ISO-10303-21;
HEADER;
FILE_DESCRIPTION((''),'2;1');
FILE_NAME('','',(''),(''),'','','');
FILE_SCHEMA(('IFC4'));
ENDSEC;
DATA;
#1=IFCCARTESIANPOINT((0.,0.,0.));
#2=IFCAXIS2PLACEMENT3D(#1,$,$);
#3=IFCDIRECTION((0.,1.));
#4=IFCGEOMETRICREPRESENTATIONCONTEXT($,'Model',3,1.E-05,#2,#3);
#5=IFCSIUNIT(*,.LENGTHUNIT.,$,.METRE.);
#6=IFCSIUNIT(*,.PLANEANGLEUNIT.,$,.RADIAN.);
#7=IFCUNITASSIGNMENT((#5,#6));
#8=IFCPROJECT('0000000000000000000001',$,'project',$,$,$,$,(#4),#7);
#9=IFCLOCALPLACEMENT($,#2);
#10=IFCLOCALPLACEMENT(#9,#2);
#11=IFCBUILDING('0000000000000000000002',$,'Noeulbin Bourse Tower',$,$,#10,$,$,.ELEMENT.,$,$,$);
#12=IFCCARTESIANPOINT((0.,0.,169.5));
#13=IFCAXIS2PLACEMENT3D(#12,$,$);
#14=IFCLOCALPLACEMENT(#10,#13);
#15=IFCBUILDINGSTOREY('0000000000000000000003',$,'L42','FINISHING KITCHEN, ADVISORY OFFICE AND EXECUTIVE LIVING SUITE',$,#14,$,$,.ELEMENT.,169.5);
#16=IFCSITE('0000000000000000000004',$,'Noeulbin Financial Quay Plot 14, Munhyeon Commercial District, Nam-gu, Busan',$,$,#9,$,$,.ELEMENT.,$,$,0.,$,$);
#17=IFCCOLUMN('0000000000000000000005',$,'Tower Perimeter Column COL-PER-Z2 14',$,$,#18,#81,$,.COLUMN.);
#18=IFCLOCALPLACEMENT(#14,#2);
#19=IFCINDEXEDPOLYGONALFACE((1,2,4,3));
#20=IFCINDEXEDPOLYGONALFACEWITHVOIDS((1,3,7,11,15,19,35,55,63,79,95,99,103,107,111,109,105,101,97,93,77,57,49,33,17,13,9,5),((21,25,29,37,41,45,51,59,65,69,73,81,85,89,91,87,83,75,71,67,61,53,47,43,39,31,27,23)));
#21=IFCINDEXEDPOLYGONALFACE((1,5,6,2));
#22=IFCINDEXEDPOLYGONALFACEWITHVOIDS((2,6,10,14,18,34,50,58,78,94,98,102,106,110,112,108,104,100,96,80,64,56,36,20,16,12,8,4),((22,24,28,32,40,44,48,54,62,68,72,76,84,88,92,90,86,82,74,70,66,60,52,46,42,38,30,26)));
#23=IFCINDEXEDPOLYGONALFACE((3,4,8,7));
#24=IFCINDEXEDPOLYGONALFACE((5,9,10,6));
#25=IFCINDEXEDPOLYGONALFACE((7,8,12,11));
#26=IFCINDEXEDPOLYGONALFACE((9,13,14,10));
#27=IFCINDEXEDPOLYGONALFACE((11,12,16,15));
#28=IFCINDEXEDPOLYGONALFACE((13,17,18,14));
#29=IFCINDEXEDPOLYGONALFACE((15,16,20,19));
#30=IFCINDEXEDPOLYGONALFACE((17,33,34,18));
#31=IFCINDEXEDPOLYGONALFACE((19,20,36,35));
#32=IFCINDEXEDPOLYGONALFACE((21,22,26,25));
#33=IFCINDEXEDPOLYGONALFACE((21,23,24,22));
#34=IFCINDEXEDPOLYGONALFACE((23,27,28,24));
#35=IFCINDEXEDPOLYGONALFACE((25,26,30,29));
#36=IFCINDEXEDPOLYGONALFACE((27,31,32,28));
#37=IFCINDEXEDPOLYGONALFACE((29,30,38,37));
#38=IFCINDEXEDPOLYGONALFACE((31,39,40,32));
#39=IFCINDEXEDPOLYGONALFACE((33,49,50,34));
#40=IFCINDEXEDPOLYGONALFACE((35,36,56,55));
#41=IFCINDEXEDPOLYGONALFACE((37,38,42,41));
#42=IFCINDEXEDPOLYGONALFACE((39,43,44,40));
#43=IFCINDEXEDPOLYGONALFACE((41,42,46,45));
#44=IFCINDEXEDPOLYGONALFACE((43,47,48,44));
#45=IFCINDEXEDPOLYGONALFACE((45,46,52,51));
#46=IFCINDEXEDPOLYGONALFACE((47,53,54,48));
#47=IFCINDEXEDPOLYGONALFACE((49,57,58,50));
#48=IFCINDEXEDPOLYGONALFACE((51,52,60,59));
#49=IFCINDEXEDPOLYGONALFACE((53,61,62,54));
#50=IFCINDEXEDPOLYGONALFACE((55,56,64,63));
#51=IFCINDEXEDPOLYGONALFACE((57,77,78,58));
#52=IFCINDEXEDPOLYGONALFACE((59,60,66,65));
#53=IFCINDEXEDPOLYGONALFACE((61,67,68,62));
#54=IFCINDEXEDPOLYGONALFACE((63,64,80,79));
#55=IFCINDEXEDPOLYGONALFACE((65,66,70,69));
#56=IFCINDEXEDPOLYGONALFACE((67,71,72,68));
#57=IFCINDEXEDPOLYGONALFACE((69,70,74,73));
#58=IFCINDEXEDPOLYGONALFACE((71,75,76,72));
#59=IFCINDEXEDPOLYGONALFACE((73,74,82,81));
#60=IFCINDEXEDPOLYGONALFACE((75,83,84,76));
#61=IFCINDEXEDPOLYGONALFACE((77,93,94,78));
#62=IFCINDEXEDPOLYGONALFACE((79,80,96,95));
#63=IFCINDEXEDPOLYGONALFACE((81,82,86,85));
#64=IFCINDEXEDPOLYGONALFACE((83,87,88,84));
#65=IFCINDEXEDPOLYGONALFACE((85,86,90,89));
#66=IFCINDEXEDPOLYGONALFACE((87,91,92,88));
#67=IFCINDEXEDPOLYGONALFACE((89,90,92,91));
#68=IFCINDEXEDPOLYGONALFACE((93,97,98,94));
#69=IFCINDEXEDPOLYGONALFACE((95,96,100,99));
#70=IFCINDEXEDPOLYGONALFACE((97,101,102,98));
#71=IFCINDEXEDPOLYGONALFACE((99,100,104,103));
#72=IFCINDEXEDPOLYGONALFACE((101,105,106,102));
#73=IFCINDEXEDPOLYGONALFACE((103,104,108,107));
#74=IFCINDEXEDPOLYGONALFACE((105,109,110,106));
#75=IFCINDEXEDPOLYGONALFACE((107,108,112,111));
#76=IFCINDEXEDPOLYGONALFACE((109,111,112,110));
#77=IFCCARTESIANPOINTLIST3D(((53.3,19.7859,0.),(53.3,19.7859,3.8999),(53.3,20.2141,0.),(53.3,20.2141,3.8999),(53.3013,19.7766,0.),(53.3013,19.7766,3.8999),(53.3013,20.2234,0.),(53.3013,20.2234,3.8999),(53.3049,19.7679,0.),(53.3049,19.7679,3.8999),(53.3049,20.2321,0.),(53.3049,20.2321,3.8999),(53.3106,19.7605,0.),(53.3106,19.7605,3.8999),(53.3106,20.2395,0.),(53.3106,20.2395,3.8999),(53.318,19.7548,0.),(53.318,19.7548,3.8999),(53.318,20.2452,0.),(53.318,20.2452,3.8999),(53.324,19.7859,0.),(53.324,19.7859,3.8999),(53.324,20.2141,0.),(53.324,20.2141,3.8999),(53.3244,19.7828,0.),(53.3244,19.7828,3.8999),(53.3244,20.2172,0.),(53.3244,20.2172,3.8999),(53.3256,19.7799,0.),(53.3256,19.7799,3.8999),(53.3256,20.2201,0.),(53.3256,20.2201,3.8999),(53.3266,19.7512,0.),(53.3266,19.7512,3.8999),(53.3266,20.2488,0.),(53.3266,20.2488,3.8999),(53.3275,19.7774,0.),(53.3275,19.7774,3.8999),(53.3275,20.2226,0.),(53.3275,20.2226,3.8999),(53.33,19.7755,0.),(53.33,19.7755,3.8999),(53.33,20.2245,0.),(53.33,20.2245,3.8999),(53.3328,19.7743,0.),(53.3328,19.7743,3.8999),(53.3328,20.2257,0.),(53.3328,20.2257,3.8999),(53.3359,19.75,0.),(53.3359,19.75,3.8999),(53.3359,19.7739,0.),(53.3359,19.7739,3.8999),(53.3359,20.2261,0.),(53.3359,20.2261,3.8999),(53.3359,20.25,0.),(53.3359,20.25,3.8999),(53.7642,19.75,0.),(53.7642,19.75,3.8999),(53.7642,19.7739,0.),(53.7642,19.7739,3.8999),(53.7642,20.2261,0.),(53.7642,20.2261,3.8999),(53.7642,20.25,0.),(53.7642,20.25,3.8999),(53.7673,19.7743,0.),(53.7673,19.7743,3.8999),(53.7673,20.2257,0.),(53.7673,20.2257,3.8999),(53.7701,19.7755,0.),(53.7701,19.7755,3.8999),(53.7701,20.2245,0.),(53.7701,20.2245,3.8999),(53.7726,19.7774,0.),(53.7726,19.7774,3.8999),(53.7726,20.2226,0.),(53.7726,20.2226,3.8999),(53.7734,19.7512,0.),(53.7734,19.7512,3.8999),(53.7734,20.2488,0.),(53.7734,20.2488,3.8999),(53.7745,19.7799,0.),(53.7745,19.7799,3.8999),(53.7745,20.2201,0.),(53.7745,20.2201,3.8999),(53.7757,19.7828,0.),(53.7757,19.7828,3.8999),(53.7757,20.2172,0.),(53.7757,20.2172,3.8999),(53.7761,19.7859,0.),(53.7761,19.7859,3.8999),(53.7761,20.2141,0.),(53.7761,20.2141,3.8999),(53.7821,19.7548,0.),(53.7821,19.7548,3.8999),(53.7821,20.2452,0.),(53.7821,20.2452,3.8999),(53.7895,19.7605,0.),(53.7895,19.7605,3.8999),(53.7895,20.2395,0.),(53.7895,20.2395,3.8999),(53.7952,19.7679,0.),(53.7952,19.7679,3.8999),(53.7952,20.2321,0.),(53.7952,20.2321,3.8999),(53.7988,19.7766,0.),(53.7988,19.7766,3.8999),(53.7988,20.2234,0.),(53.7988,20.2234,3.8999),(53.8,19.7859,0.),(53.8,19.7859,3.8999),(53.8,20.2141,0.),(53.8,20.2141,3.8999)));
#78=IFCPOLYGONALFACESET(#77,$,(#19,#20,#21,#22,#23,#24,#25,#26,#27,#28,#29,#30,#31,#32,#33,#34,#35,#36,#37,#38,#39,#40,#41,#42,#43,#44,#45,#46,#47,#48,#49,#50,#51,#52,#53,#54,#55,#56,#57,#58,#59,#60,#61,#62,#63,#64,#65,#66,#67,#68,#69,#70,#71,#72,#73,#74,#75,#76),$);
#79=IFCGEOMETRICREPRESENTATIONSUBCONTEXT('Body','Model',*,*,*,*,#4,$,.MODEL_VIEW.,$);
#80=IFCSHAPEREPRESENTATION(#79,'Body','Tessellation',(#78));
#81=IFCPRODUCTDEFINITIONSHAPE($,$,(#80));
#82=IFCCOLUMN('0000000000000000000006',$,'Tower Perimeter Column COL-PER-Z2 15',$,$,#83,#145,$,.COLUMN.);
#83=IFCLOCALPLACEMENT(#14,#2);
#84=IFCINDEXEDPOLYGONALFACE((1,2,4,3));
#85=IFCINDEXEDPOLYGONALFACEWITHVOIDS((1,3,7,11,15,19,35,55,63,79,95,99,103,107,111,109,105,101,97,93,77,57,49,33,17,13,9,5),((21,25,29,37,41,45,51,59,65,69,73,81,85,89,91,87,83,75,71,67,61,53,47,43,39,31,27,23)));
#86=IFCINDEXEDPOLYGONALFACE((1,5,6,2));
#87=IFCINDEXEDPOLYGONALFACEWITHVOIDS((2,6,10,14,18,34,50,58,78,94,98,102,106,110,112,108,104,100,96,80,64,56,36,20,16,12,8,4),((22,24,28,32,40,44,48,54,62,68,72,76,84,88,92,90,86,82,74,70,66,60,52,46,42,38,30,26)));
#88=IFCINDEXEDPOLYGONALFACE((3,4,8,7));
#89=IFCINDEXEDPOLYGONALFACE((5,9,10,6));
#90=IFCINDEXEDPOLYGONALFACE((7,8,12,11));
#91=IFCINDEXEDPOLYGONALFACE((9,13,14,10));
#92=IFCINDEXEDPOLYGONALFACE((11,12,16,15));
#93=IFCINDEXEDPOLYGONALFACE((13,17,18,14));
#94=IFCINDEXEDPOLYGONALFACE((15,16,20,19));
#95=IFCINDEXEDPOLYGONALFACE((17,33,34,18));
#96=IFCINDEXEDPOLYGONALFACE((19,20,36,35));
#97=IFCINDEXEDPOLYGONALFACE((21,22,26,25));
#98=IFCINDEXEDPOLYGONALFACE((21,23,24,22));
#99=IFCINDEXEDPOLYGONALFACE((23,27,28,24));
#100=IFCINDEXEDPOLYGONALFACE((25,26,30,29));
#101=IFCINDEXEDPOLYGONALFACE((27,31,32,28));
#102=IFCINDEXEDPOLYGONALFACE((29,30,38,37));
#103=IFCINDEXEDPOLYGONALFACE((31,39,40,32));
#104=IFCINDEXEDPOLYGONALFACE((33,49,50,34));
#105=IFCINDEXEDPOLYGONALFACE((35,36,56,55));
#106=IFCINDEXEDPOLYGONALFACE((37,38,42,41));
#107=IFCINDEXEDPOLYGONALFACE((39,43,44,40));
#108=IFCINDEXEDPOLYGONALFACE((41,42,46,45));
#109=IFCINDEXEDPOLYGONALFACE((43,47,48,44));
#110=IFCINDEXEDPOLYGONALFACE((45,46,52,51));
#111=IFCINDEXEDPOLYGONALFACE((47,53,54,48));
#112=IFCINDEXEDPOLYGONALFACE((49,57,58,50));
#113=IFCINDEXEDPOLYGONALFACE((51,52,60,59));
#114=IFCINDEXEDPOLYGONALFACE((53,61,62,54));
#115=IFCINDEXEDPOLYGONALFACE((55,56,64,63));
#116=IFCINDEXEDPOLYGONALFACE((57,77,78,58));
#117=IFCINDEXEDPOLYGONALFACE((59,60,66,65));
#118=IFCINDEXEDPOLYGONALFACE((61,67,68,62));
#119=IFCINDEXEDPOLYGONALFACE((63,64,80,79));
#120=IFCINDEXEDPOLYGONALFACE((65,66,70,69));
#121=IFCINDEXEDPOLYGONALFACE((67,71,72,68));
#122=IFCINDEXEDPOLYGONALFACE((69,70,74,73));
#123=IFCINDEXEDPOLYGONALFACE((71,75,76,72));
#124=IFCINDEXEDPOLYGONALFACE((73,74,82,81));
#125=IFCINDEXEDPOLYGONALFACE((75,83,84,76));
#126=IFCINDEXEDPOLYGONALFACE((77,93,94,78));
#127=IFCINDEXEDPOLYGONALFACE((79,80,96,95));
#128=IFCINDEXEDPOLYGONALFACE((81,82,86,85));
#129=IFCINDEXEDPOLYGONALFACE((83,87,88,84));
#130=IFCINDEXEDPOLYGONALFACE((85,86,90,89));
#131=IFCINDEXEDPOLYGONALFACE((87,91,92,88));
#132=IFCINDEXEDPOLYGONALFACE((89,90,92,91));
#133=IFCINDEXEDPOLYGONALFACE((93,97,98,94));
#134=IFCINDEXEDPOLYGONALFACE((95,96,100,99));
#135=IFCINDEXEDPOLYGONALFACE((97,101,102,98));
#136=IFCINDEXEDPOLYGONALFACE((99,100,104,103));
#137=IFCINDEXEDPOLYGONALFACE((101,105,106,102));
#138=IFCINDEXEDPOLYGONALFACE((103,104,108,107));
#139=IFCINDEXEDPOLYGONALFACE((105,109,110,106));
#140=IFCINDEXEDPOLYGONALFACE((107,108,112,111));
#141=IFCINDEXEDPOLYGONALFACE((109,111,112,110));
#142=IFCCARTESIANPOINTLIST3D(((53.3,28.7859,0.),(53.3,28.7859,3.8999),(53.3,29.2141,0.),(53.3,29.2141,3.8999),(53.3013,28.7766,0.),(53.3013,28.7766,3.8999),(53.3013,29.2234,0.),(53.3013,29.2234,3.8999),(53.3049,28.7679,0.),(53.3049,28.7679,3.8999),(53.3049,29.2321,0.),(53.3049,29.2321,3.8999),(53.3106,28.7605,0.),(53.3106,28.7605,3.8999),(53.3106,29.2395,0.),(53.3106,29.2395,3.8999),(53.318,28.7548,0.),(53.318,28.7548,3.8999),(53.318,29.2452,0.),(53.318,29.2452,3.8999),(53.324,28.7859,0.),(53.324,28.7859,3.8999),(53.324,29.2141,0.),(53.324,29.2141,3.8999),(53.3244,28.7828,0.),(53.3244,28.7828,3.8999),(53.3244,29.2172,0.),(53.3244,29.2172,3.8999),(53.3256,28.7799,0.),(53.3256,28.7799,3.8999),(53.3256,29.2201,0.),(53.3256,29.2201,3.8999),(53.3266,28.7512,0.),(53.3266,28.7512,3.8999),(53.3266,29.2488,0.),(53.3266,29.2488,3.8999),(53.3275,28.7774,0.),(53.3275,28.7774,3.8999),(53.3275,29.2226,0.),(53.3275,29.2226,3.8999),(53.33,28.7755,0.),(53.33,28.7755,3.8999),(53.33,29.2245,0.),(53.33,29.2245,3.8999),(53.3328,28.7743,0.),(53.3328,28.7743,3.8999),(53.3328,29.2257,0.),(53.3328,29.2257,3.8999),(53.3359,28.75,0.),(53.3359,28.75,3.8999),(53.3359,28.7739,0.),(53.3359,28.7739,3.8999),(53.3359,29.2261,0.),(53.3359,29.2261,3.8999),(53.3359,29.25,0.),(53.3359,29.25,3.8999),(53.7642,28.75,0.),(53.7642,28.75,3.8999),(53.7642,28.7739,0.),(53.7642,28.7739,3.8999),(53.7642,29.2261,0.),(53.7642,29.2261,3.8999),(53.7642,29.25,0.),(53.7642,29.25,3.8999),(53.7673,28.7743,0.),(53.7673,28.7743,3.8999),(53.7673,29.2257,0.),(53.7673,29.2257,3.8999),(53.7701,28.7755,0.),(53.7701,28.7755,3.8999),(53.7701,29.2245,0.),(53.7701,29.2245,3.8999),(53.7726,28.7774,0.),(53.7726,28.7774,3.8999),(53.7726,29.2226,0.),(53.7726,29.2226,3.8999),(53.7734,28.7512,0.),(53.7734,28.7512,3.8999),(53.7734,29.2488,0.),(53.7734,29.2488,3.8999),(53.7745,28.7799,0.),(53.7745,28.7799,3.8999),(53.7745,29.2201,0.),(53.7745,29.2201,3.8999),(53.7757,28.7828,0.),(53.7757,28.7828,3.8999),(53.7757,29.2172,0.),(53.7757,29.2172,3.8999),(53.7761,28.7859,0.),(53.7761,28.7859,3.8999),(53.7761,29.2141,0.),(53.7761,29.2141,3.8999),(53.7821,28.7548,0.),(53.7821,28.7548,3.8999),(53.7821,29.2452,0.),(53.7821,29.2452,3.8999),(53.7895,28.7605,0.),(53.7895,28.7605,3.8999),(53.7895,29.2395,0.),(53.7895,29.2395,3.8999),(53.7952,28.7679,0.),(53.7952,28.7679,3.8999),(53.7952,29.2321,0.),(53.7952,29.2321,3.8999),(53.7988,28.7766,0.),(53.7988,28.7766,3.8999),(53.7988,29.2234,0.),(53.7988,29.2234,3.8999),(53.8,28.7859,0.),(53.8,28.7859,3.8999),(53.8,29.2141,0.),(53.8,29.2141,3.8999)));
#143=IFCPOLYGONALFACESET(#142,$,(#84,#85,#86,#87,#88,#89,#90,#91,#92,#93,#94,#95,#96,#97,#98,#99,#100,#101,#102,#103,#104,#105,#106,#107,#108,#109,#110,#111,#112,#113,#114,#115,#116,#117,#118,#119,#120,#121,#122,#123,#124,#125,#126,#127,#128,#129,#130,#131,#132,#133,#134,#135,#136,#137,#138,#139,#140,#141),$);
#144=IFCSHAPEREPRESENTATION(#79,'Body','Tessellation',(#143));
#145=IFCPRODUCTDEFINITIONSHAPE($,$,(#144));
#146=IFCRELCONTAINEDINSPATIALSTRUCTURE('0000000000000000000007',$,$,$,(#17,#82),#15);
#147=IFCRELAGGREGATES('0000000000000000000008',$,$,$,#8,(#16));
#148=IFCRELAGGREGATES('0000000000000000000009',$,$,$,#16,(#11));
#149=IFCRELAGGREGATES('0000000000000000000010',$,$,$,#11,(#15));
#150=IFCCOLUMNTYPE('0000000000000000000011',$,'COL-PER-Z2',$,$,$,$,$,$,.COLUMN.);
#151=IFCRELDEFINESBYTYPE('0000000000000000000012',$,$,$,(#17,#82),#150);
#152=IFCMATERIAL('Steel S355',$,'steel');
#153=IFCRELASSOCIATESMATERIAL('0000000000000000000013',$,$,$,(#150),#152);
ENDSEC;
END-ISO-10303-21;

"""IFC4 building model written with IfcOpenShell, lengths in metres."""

from ifc_helpers import new_model, si_unit, direction, frame, origin, origin_2d, place, context, subcontext, project, spatial, hollow_rectangle, extrude, material, material_profile, profile_set, type_object, element, save


model = new_model("IFC4")

# Units and contexts
model_context = context("Model", 3, precision=1e-05, world=origin(), true_north=direction((0.0, 1.0)))
body_context = subcontext(model_context, "Body", "Model", "MODEL_VIEW")
ifc_project = project(units=[si_unit("LENGTHUNIT", "METRE"), si_unit("PLANEANGLEUNIT", "RADIAN")], contexts=[model_context])

# Site, building, storey
site_placement = place(None, origin())
site = spatial("IfcSite", under=ifc_project, at=site_placement, Name="Noeulbin Financial Quay Plot 14, Munhyeon Commercial District, Nam-gu, Busan", CompositionType="ELEMENT", RefElevation=0.0)
building_placement = place(site_placement, origin())
building = spatial("IfcBuilding", under=site, at=building_placement, Name="Noeulbin Bourse Tower", CompositionType="ELEMENT")
storey_placement = place(building_placement, frame((0.0, 0.0, 169.5)))
storey = spatial("IfcBuildingStorey", under=building, at=storey_placement, Name="L42", Description="FINISHING KITCHEN, ADVISORY OFFICE AND EXECUTIVE LIVING SUITE", CompositionType="ELEMENT", Elevation=169.5)

# Columns
ifc_material_1 = material(Name="Steel S355", Category="steel")
ifc_material_profile_1 = material_profile(ifc_material_1, hollow_rectangle(XDim=0.5, YDim=0.5, WallThickness=0.0239, InnerFilletRadius=0.012, OuterFilletRadius=0.0359, at=origin_2d()), Name="BOX-500x500x24", Category="LoadBearing")
ifc_profile_set_1 = profile_set([ifc_material_profile_1], Name="Steel S355")
column_type_1 = type_object("IfcColumnType", Name="COL-PER-Z2", PredefinedType="COLUMN", material=ifc_profile_set_1)
for number, where, z_axis, x_axis, name in (
    (1, (53.55, 20.0, 0.0), (0.0, 0.0, 1.0), (1.0, 0.0, 0.0), "Tower Perimeter Column COL-PER-Z2 14"),
    (2, (53.55, 29.0, 0.0), (0.0, 0.0, 1.0), (1.0, 0.0, 0.0), "Tower Perimeter Column COL-PER-Z2 15"),
):
    element("IfcColumn", number, at=place(storey_placement, frame(where, z_axis=z_axis, x_axis=x_axis)), inside=storey, type_object=column_type_1, Name=name, PredefinedType="COLUMN", context=body_context, shape_type="SweptSolid", body=[
        extrude(hollow_rectangle(XDim=0.5, YDim=0.5, WallThickness=0.0239, InnerFilletRadius=0.012, OuterFilletRadius=0.0359, at=origin_2d()), origin(), (0.0, 0.0, 1.0), 3.8999),
    ])

save(model, "model.ifc")
